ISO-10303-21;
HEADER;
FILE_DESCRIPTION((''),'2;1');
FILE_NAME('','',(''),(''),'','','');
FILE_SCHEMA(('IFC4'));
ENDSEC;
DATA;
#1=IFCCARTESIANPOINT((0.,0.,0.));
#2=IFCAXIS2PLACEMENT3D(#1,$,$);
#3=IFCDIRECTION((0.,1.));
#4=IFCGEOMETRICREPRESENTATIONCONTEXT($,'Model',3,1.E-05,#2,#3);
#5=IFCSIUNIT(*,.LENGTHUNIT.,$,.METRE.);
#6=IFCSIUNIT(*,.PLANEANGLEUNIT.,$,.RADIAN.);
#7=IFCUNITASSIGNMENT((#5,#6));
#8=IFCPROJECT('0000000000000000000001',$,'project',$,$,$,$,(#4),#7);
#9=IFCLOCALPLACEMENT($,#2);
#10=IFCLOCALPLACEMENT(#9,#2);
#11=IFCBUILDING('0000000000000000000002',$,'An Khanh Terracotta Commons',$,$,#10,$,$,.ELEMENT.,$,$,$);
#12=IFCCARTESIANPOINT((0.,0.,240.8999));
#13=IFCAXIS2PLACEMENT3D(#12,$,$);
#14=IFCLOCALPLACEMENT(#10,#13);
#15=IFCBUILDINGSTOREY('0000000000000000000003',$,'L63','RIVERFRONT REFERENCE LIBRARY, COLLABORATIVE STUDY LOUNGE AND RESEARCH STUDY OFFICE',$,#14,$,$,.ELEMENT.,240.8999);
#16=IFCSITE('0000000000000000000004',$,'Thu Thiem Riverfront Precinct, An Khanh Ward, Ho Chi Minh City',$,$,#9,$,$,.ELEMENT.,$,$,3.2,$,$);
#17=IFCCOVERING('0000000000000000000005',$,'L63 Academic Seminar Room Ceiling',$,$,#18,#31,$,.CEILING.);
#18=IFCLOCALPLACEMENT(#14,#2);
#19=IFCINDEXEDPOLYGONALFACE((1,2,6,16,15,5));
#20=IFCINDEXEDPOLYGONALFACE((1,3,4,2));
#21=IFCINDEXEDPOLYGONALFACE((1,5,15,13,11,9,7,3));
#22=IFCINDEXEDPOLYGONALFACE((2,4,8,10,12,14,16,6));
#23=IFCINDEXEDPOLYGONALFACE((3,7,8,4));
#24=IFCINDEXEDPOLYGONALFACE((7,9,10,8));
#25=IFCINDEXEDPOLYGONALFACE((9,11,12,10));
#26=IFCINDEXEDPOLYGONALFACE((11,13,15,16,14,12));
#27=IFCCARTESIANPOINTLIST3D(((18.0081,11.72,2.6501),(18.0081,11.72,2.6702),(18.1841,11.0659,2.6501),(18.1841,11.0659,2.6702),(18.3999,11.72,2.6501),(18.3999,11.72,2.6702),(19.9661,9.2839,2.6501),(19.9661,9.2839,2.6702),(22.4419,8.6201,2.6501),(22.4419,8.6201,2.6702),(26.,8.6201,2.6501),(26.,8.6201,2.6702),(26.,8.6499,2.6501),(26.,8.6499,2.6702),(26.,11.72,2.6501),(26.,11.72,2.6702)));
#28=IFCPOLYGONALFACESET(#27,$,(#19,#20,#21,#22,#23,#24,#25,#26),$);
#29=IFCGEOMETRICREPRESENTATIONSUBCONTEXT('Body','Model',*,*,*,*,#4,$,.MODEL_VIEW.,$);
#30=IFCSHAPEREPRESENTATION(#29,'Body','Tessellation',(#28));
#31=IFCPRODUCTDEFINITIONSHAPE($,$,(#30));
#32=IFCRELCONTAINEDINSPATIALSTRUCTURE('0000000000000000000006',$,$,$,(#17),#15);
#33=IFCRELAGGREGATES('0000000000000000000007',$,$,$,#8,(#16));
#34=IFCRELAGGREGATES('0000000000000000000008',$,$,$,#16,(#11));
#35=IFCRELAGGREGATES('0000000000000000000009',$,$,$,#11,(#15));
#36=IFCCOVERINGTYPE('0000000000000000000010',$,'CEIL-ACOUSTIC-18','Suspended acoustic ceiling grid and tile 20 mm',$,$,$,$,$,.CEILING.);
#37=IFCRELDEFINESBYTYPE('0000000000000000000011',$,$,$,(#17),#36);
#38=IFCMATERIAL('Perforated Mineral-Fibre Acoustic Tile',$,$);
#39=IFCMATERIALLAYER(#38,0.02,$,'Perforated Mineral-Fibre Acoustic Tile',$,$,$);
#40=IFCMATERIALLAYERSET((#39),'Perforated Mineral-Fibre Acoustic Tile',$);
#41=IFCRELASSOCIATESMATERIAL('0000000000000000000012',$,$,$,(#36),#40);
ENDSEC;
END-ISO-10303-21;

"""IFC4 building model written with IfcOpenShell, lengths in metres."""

from ifc_helpers import new_model, si_unit, direction, frame, origin, place, context, subcontext, project, spatial, polyline, outline, extrude, material, layer, layer_set, type_object, element, save


model = new_model("IFC4")

# Units and contexts
model_context = context("Model", 3, precision=1e-05, world=origin(), true_north=direction((0.0, 1.0)))
body_context = subcontext(model_context, "Body", "Model", "MODEL_VIEW")
ifc_project = project(units=[si_unit("LENGTHUNIT", "METRE"), si_unit("PLANEANGLEUNIT", "RADIAN")], contexts=[model_context])

# Site, building, storey
site_placement = place(None, origin())
site = spatial("IfcSite", under=ifc_project, at=site_placement, Name="Thu Thiem Riverfront Precinct, An Khanh Ward, Ho Chi Minh City", CompositionType="ELEMENT", RefElevation=3.2)
building_placement = place(site_placement, origin())
building = spatial("IfcBuilding", under=site, at=building_placement, Name="An Khanh Terracotta Commons", CompositionType="ELEMENT")
storey_placement = place(building_placement, frame((0.0, 0.0, 240.8999)))
storey = spatial("IfcBuildingStorey", under=building, at=storey_placement, Name="L63", Description="RIVERFRONT REFERENCE LIBRARY, COLLABORATIVE STUDY LOUNGE AND RESEARCH STUDY OFFICE", CompositionType="ELEMENT", Elevation=240.8999)

# Covering
ifc_material_1 = material(Name="Perforated Mineral-Fibre Acoustic Tile")
ifc_layer_1 = layer(ifc_material_1, 0.02, Name="Perforated Mineral-Fibre Acoustic Tile")
ifc_layer_set_1 = layer_set([ifc_layer_1], Name="Perforated Mineral-Fibre Acoustic Tile")
covering_type = type_object("IfcCoveringType", Name="CEIL-ACOUSTIC-18", Description="Suspended acoustic ceiling grid and tile 20 mm", PredefinedType="CEILING", material=ifc_layer_set_1)
covering_1_placement = place(storey_placement, frame((0.0, 0.0, 2.6501)))
element("IfcCovering", 1, at=covering_1_placement, inside=storey, type_object=covering_type, Name="L63 Academic Seminar Room Ceiling", PredefinedType="CEILING", context=body_context, shape_type="SweptSolid", body=[
    extrude(outline(polyline([(22.4419, 8.6201), (19.9661, 9.2839), (18.1841, 11.0659), (18.0081, 11.72), (18.3999, 11.72), (26.0, 11.72), (26.0, 8.6499), (26.0, 8.6201), (22.4419, 8.6201)])), origin(), (0.0, 0.0, 1.0), 0.02),
])

save(model, "model.ifc")
